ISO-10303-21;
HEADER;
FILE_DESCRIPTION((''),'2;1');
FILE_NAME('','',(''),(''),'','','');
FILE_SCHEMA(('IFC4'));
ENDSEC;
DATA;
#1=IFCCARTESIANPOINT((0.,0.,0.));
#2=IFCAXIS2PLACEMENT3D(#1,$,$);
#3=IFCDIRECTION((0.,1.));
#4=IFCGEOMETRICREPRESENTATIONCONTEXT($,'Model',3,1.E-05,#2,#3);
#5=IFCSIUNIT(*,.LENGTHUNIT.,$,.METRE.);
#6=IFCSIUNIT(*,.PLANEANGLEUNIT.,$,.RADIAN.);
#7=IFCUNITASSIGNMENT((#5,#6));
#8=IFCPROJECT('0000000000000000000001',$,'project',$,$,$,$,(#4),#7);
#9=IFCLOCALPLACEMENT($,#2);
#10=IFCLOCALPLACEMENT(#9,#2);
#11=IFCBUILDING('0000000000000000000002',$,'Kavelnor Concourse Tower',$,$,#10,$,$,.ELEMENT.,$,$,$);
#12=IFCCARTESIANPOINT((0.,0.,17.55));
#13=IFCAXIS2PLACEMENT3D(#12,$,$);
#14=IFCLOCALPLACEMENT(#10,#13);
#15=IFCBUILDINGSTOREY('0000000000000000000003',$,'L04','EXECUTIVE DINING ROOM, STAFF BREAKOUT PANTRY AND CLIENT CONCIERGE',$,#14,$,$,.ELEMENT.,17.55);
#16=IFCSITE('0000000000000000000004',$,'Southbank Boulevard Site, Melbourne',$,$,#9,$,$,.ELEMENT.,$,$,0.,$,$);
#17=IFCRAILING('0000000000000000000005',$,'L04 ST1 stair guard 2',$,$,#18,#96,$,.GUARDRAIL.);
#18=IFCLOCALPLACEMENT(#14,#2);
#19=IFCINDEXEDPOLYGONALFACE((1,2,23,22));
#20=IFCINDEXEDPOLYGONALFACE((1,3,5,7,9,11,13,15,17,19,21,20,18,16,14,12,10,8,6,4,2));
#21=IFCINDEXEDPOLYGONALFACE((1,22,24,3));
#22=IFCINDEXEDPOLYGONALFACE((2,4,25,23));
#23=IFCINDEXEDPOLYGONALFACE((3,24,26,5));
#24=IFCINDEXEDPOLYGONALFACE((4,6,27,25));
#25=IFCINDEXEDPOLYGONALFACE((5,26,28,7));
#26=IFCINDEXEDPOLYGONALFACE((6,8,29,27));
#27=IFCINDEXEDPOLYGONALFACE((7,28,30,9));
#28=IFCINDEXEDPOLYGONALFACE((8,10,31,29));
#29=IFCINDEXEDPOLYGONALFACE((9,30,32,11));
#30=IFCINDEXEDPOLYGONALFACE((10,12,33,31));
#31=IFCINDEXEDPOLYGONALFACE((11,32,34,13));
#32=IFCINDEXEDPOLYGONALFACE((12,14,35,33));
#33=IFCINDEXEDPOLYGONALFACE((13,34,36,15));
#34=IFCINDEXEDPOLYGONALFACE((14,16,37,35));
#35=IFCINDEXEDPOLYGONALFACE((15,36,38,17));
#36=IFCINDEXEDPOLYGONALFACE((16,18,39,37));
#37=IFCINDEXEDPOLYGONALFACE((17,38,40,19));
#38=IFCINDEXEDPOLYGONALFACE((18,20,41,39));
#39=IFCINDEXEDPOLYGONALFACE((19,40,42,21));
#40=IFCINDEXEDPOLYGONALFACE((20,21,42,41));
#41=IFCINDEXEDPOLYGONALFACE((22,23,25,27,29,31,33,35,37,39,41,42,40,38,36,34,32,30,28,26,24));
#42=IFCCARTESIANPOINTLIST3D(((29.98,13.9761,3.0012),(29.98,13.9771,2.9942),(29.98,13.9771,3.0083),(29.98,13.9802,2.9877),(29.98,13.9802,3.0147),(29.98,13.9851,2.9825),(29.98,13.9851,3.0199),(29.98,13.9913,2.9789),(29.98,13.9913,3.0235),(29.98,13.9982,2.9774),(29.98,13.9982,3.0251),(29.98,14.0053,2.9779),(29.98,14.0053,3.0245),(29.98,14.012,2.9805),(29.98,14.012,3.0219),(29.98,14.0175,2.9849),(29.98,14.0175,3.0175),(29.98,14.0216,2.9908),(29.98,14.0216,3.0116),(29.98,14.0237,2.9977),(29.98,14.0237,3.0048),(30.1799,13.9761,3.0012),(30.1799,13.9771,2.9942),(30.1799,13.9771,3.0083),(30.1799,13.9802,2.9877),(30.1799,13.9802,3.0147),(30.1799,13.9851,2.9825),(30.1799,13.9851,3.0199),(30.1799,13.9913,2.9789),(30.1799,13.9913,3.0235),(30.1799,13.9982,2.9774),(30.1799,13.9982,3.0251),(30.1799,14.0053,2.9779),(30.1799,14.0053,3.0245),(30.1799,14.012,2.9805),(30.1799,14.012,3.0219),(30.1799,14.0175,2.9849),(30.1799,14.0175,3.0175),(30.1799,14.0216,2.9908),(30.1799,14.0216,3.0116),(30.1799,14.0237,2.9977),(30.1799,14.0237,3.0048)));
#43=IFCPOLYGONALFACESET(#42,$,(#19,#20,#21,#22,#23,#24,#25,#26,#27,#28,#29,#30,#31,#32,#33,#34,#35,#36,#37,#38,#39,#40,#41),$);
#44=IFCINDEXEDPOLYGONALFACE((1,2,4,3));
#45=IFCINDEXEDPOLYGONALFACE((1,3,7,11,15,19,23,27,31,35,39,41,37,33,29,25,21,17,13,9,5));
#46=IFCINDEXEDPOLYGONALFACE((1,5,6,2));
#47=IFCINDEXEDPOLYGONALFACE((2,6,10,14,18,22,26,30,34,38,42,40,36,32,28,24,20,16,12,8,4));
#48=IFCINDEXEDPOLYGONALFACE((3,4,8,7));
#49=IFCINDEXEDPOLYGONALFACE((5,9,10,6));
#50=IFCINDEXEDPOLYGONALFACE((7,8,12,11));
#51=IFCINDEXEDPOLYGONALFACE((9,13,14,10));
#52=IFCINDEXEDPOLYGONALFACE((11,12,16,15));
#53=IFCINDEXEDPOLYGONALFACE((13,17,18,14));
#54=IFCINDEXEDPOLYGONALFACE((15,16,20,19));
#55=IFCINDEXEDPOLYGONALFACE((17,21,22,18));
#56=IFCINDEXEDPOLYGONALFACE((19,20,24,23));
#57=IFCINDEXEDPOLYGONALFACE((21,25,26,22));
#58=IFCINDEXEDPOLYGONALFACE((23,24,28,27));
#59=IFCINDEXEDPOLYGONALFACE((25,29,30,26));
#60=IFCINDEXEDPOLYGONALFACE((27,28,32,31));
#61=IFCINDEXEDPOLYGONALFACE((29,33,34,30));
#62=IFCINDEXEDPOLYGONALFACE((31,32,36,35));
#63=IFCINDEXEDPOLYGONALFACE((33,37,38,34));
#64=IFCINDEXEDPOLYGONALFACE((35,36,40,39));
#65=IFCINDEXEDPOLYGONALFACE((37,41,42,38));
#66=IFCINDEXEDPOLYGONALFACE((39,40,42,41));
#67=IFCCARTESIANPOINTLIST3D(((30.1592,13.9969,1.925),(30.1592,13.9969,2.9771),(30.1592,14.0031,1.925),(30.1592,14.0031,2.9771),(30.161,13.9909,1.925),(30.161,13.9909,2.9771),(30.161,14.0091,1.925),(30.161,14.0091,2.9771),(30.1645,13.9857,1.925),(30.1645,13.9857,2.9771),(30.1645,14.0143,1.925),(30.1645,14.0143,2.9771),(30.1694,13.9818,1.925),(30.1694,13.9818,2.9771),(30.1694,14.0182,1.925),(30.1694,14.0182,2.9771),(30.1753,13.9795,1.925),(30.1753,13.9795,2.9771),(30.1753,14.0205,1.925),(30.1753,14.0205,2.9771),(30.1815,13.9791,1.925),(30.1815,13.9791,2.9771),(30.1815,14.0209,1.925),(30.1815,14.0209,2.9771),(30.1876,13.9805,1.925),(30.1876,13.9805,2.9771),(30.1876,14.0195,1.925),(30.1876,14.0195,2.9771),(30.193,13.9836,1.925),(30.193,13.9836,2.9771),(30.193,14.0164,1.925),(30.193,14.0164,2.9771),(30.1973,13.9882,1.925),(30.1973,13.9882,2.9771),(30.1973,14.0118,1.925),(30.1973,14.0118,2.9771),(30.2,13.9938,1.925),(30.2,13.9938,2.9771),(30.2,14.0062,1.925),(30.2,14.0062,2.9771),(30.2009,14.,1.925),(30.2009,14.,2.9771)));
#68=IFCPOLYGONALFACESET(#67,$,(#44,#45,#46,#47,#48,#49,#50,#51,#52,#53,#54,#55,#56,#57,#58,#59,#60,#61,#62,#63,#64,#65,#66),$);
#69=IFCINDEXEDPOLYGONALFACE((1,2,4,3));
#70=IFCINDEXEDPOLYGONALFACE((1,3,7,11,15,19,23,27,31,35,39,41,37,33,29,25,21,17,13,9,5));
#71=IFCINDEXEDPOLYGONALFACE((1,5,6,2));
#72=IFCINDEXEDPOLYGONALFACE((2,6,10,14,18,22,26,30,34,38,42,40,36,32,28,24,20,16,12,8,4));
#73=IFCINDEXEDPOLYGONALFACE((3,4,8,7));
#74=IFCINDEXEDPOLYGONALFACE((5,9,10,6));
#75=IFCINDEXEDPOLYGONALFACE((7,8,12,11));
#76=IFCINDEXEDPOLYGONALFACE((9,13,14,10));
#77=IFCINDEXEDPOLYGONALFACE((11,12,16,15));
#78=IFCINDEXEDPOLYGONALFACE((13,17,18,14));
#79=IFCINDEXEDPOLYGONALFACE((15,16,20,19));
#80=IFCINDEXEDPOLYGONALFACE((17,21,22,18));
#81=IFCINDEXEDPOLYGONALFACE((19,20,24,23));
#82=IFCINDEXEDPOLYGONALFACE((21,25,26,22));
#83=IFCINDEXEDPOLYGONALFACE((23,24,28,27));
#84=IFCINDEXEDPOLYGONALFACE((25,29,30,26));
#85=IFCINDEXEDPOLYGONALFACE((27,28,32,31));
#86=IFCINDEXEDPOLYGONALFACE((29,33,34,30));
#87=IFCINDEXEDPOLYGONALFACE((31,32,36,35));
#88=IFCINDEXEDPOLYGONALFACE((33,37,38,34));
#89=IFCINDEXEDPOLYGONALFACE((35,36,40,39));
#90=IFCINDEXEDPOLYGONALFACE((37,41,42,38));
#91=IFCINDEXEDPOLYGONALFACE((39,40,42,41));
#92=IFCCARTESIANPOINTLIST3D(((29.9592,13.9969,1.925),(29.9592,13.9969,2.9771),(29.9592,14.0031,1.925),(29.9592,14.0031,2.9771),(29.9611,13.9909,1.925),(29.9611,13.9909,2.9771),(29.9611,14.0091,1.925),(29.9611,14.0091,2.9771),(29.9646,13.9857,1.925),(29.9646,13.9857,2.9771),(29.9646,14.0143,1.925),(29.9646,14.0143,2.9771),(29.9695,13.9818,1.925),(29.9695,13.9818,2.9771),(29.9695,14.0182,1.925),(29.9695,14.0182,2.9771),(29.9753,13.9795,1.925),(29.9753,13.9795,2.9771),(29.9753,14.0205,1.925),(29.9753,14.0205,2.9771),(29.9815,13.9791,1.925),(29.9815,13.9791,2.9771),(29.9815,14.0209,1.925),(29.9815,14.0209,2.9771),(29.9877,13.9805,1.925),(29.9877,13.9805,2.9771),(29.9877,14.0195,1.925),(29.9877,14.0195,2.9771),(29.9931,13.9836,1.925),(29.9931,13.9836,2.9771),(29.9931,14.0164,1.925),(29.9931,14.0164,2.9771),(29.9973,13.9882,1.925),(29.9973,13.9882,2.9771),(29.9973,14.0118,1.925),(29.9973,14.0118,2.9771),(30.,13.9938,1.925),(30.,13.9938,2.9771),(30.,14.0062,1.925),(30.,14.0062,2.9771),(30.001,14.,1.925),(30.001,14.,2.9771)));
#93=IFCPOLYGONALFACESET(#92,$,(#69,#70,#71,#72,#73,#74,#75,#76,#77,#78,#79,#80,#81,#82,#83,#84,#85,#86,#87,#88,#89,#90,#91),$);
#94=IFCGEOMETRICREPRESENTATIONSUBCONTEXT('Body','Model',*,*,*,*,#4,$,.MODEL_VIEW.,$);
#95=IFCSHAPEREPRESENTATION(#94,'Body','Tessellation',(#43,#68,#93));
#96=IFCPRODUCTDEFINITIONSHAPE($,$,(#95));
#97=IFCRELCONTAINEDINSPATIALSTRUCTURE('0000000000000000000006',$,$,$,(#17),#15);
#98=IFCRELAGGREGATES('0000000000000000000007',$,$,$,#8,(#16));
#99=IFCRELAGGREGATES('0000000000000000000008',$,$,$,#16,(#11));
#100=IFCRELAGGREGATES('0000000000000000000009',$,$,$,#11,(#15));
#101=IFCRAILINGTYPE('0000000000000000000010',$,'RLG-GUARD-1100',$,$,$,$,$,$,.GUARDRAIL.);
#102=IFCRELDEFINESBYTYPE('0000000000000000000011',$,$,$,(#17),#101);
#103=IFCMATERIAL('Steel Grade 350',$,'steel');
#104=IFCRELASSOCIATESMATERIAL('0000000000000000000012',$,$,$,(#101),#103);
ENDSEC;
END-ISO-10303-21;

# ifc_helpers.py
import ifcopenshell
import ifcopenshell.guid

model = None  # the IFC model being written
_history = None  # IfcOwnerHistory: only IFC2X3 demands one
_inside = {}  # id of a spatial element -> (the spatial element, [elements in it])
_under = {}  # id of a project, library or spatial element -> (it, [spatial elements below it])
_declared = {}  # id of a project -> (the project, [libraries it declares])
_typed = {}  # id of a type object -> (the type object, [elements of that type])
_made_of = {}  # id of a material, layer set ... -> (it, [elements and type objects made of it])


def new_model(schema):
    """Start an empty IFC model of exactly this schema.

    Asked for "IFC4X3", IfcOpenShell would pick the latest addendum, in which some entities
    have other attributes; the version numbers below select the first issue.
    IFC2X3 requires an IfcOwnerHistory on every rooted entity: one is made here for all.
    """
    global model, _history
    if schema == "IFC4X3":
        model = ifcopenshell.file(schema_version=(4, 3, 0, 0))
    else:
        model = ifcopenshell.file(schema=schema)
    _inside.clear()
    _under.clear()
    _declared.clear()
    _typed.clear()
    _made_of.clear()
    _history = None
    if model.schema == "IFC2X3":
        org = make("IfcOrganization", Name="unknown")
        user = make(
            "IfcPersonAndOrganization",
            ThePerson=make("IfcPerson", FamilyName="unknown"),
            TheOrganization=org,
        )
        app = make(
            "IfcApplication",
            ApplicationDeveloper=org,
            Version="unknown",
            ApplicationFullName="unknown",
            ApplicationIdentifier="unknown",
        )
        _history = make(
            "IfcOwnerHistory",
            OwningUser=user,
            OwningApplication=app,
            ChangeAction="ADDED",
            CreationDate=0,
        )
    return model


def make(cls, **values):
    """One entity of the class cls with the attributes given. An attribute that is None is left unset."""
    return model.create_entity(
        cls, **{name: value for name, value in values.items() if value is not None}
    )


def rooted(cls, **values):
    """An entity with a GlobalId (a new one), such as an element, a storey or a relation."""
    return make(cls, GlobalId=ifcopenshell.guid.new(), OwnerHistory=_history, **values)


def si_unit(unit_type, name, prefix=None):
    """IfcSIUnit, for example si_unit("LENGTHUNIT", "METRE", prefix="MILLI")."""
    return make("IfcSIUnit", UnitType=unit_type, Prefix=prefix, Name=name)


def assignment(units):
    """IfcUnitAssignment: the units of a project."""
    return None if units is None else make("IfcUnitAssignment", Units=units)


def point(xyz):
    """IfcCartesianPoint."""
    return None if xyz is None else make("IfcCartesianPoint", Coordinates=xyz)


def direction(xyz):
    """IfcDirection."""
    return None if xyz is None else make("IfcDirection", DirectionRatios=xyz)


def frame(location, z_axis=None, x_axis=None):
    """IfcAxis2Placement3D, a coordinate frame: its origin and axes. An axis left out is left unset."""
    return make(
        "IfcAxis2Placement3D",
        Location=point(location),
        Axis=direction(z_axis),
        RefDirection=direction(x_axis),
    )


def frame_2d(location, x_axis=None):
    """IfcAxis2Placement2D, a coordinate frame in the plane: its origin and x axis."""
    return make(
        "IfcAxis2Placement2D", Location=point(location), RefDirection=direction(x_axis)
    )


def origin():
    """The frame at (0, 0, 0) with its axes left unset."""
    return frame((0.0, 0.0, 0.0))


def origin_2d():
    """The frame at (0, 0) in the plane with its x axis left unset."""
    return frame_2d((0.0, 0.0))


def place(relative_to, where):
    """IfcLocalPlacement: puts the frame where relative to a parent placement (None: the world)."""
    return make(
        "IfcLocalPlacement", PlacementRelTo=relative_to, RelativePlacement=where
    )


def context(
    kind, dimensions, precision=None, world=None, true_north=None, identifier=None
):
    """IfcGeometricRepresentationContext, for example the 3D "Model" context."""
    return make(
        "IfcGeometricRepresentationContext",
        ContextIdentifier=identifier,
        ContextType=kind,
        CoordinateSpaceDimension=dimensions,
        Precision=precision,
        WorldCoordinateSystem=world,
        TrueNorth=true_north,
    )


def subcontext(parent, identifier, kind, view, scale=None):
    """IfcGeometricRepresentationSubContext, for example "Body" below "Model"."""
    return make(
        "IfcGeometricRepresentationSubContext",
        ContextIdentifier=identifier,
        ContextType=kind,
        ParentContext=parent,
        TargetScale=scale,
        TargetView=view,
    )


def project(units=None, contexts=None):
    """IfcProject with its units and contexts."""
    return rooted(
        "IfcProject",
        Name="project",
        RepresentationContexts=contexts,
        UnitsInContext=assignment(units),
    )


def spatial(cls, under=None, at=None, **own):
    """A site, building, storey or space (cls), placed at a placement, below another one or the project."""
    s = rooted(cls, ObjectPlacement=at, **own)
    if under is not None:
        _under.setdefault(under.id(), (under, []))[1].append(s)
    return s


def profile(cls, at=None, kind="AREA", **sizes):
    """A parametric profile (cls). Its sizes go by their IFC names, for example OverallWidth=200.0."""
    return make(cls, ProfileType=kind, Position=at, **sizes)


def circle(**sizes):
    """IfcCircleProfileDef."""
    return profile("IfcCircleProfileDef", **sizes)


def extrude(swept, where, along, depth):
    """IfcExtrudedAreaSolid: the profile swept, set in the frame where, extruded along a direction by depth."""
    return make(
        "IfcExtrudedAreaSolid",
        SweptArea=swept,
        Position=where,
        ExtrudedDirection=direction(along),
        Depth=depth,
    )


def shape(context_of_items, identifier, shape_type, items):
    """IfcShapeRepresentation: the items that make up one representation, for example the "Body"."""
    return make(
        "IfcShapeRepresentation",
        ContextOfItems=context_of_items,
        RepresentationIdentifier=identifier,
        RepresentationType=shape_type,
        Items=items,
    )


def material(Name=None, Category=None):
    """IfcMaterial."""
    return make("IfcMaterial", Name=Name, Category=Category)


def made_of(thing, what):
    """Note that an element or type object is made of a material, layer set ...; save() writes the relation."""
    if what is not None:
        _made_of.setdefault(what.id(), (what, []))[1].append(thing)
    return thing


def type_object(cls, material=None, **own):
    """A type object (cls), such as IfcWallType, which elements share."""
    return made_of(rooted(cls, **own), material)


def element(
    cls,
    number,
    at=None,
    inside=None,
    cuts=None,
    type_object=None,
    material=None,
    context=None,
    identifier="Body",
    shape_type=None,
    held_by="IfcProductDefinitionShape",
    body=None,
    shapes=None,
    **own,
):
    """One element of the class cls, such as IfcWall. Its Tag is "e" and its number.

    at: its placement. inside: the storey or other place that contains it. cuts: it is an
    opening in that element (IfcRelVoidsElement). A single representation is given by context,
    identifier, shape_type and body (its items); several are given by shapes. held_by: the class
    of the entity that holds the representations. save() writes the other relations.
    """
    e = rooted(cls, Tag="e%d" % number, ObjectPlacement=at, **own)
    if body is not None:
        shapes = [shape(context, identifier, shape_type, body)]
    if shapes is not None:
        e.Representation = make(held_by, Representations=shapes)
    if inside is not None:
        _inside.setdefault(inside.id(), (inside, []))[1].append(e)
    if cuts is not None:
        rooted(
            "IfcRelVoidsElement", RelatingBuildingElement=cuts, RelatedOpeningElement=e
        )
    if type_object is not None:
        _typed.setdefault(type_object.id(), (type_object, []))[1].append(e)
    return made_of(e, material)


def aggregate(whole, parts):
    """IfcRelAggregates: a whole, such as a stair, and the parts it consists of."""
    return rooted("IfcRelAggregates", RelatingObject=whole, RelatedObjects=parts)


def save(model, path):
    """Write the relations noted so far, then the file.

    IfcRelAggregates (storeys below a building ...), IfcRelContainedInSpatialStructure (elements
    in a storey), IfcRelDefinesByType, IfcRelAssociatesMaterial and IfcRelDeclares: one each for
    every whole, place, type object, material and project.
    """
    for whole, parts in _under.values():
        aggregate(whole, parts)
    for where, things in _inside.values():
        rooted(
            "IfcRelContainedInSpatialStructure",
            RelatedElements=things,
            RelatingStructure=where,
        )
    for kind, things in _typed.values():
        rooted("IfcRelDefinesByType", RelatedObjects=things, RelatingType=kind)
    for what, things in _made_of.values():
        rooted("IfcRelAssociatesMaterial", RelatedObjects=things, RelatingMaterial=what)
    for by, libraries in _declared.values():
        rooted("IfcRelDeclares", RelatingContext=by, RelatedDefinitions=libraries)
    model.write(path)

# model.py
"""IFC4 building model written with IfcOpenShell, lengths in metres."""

from ifc_helpers import new_model, si_unit, direction, frame, origin, origin_2d, place, context, subcontext, project, spatial, circle, extrude, material, type_object, element, save


model = new_model("IFC4")

# Units and contexts
model_context = context("Model", 3, precision=1e-05, world=origin(), true_north=direction((0.0, 1.0)))
body_context = subcontext(model_context, "Body", "Model", "MODEL_VIEW")
ifc_project = project(units=[si_unit("LENGTHUNIT", "METRE"), si_unit("PLANEANGLEUNIT", "RADIAN")], contexts=[model_context])

# Site, building, storey
site_placement = place(None, origin())
site = spatial("IfcSite", under=ifc_project, at=site_placement, Name="Southbank Boulevard Site, Melbourne", CompositionType="ELEMENT", RefElevation=0.0)
building_placement = place(site_placement, origin())
building = spatial("IfcBuilding", under=site, at=building_placement, Name="Kavelnor Concourse Tower", CompositionType="ELEMENT")
storey_placement = place(building_placement, frame((0.0, 0.0, 17.55)))
storey = spatial("IfcBuildingStorey", under=building, at=storey_placement, Name="L04", Description="EXECUTIVE DINING ROOM, STAFF BREAKOUT PANTRY AND CLIENT CONCIERGE", CompositionType="ELEMENT", Elevation=17.55)

# Shared definitions
ifc_material_1 = material(Name="Steel Grade 350", Category="steel")

# Railing
railing_type_1 = type_object("IfcRailingType", Name="RLG-GUARD-1100", PredefinedType="GUARDRAIL", material=ifc_material_1)
railing_1_placement = place(storey_placement, frame((30.1799, 14.0, 1.925)))
element("IfcRailing", 1, at=railing_1_placement, inside=storey, type_object=railing_type_1, Name="L04 ST1 stair guard 2", PredefinedType="GUARDRAIL", context=body_context, shape_type="SweptSolid", body=[
    extrude(circle(Radius=0.0239, at=origin_2d()), frame((0.0, 0.0, 1.0762), z_axis=(-1.0, 0.0, 0.0), x_axis=(0.0, -1.0, 0.0)), (0.0, 0.0, 1.0), 0.2),
    extrude(circle(Radius=0.021, at=origin_2d()), origin(), (0.0, 0.0, 1.0), 1.052),
    extrude(circle(Radius=0.021, at=origin_2d()), frame((-0.2, 0.0, 0.0)), (0.0, 0.0, 1.0), 1.052),
])

save(model, "model.ifc")
